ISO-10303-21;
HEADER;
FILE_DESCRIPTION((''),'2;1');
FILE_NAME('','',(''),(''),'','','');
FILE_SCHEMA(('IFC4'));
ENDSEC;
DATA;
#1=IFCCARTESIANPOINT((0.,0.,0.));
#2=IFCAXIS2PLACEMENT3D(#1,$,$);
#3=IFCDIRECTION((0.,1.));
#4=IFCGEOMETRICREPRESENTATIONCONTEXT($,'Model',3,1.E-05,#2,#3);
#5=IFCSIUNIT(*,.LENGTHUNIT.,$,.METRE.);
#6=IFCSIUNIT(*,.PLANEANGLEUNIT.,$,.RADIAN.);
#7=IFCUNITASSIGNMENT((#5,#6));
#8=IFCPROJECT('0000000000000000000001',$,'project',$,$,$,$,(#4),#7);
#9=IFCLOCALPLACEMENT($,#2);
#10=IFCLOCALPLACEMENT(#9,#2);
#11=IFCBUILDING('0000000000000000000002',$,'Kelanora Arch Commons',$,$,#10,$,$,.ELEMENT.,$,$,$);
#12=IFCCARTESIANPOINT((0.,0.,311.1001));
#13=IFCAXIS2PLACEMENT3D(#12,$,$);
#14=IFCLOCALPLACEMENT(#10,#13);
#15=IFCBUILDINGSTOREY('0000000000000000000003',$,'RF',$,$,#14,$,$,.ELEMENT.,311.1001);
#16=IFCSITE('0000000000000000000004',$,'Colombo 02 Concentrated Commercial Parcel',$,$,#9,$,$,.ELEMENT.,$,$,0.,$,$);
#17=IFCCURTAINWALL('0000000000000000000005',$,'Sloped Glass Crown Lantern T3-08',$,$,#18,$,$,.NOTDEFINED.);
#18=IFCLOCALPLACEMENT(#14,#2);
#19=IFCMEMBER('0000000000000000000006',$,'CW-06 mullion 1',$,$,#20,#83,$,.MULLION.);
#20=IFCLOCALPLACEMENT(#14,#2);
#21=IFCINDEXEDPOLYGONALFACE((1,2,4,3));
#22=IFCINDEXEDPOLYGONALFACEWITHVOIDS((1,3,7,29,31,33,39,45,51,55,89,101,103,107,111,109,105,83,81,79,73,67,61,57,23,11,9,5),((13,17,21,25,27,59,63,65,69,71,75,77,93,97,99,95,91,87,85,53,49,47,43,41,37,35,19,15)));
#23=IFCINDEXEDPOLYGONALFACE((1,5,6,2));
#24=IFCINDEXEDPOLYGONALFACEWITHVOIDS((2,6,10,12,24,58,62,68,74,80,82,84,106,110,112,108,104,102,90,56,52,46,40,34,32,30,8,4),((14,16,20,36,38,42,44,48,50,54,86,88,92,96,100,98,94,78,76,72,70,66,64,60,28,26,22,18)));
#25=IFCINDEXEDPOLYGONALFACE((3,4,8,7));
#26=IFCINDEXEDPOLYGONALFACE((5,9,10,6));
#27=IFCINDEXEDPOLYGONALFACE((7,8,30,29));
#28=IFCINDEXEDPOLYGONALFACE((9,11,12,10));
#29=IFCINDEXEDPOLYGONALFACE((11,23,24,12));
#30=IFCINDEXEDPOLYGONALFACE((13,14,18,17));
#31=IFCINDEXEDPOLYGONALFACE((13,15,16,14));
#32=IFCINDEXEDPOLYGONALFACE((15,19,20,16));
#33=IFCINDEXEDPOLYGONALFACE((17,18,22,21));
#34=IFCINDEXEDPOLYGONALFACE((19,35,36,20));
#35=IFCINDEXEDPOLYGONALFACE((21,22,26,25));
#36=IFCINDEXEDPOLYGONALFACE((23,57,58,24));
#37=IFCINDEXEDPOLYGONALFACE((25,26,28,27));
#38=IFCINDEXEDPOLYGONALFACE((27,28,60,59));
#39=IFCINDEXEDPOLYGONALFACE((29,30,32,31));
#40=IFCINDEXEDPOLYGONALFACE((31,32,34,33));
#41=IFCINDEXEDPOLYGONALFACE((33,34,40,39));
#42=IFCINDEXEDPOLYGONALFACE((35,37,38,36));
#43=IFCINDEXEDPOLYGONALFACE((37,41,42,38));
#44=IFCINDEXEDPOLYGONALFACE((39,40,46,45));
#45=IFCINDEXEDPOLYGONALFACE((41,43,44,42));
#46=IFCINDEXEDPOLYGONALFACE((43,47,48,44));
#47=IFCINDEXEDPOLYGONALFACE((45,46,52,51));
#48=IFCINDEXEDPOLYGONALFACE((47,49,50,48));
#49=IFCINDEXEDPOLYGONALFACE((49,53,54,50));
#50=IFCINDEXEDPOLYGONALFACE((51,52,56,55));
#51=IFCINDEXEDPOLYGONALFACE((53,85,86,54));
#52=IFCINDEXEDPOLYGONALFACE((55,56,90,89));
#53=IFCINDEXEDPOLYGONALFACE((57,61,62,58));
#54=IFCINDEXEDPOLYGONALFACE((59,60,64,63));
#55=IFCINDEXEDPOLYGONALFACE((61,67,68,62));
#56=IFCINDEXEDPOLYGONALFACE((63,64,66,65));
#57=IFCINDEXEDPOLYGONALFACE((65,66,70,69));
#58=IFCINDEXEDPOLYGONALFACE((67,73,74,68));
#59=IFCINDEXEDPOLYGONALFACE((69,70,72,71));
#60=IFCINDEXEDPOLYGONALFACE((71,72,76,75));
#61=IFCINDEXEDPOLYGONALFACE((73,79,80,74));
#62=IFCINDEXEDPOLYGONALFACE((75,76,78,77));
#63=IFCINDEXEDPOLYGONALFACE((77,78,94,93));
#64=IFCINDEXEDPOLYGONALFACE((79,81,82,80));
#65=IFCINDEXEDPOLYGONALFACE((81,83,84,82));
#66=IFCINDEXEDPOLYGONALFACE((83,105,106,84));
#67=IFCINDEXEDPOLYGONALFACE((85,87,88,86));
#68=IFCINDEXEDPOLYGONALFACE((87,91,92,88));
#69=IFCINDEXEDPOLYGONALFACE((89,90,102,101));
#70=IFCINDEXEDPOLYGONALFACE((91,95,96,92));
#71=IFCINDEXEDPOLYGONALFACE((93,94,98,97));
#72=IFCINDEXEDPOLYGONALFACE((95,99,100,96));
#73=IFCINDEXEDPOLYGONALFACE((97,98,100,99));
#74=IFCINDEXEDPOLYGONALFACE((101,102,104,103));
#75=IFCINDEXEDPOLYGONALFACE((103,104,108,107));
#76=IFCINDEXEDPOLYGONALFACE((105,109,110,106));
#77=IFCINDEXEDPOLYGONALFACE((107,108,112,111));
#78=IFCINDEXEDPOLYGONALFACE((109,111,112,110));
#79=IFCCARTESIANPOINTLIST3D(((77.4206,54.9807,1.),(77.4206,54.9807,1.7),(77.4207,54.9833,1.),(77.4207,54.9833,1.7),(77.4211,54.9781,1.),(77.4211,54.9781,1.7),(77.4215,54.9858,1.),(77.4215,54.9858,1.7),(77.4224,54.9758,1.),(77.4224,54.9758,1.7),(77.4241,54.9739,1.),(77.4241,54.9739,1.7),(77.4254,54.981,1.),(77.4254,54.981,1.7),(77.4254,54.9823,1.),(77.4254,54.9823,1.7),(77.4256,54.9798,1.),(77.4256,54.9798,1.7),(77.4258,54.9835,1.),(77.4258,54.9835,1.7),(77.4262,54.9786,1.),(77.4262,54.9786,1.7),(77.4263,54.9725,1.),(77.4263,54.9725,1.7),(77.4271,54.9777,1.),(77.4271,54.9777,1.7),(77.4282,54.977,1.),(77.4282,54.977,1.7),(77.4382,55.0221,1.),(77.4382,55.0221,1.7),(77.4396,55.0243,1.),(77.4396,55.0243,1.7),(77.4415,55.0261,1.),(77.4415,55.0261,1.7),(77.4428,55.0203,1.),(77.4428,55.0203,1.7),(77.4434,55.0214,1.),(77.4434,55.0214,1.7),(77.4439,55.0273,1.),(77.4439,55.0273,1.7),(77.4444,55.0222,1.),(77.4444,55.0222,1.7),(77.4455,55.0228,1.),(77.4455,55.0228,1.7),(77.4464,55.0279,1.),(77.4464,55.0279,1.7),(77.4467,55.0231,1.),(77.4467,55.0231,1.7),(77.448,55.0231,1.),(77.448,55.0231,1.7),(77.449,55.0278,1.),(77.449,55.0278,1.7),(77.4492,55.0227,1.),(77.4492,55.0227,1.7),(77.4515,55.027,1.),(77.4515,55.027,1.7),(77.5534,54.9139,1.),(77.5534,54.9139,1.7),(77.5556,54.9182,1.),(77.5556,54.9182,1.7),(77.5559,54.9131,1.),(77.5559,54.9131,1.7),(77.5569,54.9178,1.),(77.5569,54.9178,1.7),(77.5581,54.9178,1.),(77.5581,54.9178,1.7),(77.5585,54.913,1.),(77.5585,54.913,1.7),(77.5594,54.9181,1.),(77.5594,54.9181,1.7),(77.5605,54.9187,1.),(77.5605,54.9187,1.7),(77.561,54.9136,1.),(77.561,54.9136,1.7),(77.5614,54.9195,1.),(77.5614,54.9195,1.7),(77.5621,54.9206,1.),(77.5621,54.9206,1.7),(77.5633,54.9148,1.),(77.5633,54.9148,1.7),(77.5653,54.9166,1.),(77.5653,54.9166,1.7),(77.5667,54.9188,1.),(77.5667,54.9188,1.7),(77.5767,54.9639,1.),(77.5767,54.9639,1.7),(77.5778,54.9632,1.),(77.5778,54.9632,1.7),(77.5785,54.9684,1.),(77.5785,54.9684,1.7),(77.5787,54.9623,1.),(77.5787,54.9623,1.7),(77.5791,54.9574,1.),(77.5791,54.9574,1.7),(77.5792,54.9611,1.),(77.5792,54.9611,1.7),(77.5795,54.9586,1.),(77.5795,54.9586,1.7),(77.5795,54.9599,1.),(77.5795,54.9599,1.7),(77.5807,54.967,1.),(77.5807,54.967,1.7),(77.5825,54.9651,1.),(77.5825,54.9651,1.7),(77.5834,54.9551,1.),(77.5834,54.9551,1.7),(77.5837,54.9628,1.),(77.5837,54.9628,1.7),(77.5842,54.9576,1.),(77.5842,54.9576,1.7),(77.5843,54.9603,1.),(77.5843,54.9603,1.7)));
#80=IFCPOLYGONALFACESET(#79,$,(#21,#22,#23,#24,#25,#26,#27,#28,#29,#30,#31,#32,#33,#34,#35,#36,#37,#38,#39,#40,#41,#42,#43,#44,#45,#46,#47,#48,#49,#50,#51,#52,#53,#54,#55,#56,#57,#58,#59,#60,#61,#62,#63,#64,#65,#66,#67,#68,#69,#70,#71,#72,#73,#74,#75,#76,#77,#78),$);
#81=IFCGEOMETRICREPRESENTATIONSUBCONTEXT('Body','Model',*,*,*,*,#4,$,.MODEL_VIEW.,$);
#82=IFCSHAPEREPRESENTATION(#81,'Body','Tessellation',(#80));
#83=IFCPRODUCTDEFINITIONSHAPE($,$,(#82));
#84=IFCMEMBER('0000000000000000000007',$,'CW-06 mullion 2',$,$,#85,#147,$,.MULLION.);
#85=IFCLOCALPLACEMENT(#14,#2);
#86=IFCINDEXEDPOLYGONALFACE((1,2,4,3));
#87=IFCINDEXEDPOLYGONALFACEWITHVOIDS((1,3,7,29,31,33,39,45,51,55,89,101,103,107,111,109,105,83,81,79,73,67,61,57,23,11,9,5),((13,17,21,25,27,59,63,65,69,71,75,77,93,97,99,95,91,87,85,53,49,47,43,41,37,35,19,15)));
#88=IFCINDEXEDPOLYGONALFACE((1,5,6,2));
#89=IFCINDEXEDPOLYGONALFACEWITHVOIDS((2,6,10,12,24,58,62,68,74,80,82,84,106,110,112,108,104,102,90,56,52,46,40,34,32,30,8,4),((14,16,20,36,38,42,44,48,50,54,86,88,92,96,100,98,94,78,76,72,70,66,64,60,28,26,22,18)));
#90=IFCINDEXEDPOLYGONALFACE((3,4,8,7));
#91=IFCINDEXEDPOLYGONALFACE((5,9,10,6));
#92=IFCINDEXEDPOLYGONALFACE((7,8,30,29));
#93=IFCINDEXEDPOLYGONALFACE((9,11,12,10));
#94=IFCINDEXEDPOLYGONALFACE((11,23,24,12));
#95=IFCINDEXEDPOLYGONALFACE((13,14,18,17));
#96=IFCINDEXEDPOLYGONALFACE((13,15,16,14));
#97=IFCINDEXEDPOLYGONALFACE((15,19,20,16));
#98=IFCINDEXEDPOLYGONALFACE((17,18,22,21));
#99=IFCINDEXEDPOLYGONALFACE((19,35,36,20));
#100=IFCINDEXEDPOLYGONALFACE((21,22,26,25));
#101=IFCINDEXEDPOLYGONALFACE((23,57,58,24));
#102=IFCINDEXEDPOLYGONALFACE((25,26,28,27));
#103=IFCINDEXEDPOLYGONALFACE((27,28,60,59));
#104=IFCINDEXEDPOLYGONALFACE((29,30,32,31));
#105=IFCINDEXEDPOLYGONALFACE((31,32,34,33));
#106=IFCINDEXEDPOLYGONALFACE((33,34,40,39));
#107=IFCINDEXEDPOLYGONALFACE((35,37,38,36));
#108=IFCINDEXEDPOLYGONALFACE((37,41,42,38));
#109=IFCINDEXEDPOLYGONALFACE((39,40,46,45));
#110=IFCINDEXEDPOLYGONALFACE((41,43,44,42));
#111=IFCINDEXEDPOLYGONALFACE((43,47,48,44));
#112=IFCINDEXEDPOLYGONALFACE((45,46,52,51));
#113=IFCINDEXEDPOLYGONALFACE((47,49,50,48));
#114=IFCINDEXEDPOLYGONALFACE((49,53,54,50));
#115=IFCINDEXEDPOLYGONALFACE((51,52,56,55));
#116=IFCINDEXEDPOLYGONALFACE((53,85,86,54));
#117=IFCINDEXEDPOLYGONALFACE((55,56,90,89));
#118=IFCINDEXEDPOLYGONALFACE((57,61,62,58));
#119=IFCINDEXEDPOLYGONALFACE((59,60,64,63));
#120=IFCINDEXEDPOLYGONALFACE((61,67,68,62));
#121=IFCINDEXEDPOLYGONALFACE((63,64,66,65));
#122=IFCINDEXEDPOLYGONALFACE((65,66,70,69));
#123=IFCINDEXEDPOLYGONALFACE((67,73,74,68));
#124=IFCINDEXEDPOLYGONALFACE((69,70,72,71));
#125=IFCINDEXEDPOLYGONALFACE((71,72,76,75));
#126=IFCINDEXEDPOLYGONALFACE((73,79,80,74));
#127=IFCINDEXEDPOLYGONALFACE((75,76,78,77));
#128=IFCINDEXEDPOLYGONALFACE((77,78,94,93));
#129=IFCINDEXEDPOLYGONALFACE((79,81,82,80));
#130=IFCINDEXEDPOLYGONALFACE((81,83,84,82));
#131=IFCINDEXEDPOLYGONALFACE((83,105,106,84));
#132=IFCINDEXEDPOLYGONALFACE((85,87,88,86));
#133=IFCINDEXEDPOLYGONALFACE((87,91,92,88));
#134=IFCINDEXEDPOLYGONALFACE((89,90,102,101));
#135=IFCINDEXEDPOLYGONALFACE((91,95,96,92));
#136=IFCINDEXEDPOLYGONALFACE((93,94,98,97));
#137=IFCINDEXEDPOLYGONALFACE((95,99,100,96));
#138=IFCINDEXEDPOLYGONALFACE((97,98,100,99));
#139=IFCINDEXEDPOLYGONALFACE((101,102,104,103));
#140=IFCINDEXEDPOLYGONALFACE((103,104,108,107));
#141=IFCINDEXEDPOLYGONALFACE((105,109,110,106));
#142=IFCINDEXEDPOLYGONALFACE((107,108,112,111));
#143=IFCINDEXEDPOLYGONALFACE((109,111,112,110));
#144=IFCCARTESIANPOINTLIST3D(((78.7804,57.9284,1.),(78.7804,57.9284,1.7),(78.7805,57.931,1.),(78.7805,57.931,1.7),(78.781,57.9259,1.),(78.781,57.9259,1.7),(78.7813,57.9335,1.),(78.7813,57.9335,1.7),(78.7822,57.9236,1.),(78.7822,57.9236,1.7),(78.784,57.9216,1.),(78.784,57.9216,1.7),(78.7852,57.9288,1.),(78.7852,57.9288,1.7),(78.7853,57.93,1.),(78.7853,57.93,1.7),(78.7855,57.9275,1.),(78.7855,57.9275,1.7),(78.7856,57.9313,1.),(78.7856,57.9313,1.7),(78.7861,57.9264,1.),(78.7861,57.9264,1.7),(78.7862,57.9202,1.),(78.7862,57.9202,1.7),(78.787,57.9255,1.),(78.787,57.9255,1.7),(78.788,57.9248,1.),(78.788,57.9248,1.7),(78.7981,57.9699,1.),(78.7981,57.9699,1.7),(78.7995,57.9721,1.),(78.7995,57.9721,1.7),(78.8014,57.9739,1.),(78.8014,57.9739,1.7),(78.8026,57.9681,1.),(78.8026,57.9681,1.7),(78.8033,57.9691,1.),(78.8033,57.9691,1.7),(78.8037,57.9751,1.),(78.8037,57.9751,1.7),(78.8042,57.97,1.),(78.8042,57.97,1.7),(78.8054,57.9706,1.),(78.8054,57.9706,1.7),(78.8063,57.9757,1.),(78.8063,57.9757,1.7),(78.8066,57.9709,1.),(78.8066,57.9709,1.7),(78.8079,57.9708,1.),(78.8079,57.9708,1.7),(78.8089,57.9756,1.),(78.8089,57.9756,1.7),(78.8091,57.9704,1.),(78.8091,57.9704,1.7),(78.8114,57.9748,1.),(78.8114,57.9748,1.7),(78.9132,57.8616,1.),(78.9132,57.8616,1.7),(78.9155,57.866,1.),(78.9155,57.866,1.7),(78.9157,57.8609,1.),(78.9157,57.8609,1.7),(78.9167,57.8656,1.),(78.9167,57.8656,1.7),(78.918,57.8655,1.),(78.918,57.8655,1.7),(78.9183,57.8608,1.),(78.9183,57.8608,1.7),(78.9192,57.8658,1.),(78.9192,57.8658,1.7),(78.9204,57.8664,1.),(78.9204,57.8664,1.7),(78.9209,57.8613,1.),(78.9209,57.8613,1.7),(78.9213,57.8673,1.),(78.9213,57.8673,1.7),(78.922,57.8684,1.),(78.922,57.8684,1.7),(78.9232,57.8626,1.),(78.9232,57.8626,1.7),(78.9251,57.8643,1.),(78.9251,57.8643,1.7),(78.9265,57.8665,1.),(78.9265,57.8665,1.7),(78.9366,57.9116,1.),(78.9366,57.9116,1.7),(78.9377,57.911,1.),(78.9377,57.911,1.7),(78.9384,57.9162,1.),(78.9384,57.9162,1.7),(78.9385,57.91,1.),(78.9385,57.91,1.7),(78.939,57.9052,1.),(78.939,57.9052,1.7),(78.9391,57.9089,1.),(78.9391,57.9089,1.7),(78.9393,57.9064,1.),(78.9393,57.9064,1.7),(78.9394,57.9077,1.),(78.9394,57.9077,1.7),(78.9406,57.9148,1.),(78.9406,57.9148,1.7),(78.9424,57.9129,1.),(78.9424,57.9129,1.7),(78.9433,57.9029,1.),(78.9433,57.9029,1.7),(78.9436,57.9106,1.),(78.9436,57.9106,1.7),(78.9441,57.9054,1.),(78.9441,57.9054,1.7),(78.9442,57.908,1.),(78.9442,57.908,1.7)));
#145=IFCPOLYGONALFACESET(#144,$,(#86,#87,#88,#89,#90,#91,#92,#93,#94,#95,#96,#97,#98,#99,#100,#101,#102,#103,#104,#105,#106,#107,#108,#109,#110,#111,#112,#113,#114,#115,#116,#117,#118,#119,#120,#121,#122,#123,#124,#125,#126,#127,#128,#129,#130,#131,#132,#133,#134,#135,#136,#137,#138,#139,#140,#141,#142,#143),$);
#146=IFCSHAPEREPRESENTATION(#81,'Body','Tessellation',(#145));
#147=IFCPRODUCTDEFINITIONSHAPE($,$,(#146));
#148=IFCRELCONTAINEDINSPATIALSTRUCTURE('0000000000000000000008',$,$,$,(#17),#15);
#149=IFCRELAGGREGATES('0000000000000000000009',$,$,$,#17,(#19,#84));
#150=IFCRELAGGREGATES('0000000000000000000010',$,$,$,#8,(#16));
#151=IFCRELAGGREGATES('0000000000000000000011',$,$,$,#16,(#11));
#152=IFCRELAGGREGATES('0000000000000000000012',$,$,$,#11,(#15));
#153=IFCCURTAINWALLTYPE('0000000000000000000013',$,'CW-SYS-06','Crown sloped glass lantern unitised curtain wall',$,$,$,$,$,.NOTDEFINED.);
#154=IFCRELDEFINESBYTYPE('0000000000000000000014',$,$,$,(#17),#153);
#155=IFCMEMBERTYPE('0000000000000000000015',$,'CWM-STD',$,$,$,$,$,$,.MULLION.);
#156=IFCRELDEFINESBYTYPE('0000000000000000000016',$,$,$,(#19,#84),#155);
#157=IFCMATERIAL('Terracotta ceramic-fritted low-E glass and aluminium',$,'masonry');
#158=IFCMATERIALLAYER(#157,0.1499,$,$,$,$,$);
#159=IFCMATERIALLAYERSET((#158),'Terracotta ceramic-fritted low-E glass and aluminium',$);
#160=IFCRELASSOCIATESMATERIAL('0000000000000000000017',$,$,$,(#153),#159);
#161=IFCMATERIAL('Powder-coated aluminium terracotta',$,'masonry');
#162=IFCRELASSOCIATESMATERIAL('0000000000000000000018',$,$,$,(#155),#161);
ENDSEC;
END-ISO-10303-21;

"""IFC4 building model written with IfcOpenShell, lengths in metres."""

from ifc_helpers import new_model, si_unit, direction, frame, origin, origin_2d, place, context, subcontext, project, spatial, hollow_rectangle, extrude, material, layer, layer_set, material_profile, profile_set, type_object, element, aggregate, save


model = new_model("IFC4")

# Units and contexts
model_context = context("Model", 3, precision=1e-05, world=origin(), true_north=direction((0.0, 1.0)))
body_context = subcontext(model_context, "Body", "Model", "MODEL_VIEW")
ifc_project = project(units=[si_unit("LENGTHUNIT", "METRE"), si_unit("PLANEANGLEUNIT", "RADIAN")], contexts=[model_context])

# Site, building, storey
site_placement = place(None, origin())
site = spatial("IfcSite", under=ifc_project, at=site_placement, Name="Colombo 02 Concentrated Commercial Parcel", CompositionType="ELEMENT", RefElevation=0.0)
building_placement = place(site_placement, origin())
building = spatial("IfcBuilding", under=site, at=building_placement, Name="Kelanora Arch Commons", CompositionType="ELEMENT")
storey_placement = place(building_placement, frame((0.0, 0.0, 311.1001)))
storey = spatial("IfcBuildingStorey", under=building, at=storey_placement, Name="RF", CompositionType="ELEMENT", Elevation=311.1001)

# Curtain wall, members
ifc_material_1 = material(Name="Terracotta ceramic-fritted low-E glass and aluminium", Category="masonry")
ifc_layer_1 = layer(ifc_material_1, 0.1499)
ifc_layer_set_1 = layer_set([ifc_layer_1], Name="Terracotta ceramic-fritted low-E glass and aluminium")
curtain_wall_type = type_object("IfcCurtainWallType", Name="CW-SYS-06", Description="Crown sloped glass lantern unitised curtain wall", PredefinedType="NOTDEFINED", material=ifc_layer_set_1)
curtain_wall_1_placement = place(storey_placement, origin())
curtain_wall_1 = element("IfcCurtainWall", 1, at=curtain_wall_1_placement, inside=storey, type_object=curtain_wall_type, Name="Sloped Glass Crown Lantern T3-08", PredefinedType="NOTDEFINED")
ifc_material_2 = material(Name="Powder-coated aluminium terracotta", Category="masonry")
ifc_material_profile_1 = material_profile(ifc_material_2, hollow_rectangle(XDim=0.1599, YDim=0.0601, WallThickness=0.0049, InnerFilletRadius=0.0049, OuterFilletRadius=0.01, at=origin_2d()), Name="CWM160x60")
ifc_profile_set_1 = profile_set([ifc_material_profile_1], Name="Powder-coated aluminium terracotta")
member_type_1 = type_object("IfcMemberType", Name="CWM-STD", PredefinedType="MULLION", material=ifc_profile_set_1)
member_1_placement = place(storey_placement, frame((77.5024, 54.9705, 1.0), z_axis=(0.0, 0.0, 1.0), x_axis=(-0.908037, 0.418889, 0.0)))
member_1 = element("IfcMember", 2, at=member_1_placement, type_object=member_type_1, Name="CW-06 mullion 1", PredefinedType="MULLION", context=body_context, shape_type="SweptSolid", body=[
    extrude(hollow_rectangle(XDim=0.1599, YDim=0.0601, WallThickness=0.0049, InnerFilletRadius=0.0049, OuterFilletRadius=0.01, at=origin_2d()), origin(), (0.0, 0.0, 1.0), 0.7),
])
member_2_placement = place(storey_placement, frame((78.8623, 57.9182, 1.0), z_axis=(0.0, 0.0, 1.0), x_axis=(-0.908037, 0.418889, 0.0)))
member_2 = element("IfcMember", 3, at=member_2_placement, type_object=member_type_1, Name="CW-06 mullion 2", PredefinedType="MULLION", context=body_context, shape_type="SweptSolid", body=[
    extrude(hollow_rectangle(XDim=0.1599, YDim=0.0601, WallThickness=0.0049, InnerFilletRadius=0.0049, OuterFilletRadius=0.01, at=origin_2d()), origin(), (0.0, 0.0, 1.0), 0.7),
])

aggregate(curtain_wall_1, [member_1, member_2])

save(model, "model.ifc")
